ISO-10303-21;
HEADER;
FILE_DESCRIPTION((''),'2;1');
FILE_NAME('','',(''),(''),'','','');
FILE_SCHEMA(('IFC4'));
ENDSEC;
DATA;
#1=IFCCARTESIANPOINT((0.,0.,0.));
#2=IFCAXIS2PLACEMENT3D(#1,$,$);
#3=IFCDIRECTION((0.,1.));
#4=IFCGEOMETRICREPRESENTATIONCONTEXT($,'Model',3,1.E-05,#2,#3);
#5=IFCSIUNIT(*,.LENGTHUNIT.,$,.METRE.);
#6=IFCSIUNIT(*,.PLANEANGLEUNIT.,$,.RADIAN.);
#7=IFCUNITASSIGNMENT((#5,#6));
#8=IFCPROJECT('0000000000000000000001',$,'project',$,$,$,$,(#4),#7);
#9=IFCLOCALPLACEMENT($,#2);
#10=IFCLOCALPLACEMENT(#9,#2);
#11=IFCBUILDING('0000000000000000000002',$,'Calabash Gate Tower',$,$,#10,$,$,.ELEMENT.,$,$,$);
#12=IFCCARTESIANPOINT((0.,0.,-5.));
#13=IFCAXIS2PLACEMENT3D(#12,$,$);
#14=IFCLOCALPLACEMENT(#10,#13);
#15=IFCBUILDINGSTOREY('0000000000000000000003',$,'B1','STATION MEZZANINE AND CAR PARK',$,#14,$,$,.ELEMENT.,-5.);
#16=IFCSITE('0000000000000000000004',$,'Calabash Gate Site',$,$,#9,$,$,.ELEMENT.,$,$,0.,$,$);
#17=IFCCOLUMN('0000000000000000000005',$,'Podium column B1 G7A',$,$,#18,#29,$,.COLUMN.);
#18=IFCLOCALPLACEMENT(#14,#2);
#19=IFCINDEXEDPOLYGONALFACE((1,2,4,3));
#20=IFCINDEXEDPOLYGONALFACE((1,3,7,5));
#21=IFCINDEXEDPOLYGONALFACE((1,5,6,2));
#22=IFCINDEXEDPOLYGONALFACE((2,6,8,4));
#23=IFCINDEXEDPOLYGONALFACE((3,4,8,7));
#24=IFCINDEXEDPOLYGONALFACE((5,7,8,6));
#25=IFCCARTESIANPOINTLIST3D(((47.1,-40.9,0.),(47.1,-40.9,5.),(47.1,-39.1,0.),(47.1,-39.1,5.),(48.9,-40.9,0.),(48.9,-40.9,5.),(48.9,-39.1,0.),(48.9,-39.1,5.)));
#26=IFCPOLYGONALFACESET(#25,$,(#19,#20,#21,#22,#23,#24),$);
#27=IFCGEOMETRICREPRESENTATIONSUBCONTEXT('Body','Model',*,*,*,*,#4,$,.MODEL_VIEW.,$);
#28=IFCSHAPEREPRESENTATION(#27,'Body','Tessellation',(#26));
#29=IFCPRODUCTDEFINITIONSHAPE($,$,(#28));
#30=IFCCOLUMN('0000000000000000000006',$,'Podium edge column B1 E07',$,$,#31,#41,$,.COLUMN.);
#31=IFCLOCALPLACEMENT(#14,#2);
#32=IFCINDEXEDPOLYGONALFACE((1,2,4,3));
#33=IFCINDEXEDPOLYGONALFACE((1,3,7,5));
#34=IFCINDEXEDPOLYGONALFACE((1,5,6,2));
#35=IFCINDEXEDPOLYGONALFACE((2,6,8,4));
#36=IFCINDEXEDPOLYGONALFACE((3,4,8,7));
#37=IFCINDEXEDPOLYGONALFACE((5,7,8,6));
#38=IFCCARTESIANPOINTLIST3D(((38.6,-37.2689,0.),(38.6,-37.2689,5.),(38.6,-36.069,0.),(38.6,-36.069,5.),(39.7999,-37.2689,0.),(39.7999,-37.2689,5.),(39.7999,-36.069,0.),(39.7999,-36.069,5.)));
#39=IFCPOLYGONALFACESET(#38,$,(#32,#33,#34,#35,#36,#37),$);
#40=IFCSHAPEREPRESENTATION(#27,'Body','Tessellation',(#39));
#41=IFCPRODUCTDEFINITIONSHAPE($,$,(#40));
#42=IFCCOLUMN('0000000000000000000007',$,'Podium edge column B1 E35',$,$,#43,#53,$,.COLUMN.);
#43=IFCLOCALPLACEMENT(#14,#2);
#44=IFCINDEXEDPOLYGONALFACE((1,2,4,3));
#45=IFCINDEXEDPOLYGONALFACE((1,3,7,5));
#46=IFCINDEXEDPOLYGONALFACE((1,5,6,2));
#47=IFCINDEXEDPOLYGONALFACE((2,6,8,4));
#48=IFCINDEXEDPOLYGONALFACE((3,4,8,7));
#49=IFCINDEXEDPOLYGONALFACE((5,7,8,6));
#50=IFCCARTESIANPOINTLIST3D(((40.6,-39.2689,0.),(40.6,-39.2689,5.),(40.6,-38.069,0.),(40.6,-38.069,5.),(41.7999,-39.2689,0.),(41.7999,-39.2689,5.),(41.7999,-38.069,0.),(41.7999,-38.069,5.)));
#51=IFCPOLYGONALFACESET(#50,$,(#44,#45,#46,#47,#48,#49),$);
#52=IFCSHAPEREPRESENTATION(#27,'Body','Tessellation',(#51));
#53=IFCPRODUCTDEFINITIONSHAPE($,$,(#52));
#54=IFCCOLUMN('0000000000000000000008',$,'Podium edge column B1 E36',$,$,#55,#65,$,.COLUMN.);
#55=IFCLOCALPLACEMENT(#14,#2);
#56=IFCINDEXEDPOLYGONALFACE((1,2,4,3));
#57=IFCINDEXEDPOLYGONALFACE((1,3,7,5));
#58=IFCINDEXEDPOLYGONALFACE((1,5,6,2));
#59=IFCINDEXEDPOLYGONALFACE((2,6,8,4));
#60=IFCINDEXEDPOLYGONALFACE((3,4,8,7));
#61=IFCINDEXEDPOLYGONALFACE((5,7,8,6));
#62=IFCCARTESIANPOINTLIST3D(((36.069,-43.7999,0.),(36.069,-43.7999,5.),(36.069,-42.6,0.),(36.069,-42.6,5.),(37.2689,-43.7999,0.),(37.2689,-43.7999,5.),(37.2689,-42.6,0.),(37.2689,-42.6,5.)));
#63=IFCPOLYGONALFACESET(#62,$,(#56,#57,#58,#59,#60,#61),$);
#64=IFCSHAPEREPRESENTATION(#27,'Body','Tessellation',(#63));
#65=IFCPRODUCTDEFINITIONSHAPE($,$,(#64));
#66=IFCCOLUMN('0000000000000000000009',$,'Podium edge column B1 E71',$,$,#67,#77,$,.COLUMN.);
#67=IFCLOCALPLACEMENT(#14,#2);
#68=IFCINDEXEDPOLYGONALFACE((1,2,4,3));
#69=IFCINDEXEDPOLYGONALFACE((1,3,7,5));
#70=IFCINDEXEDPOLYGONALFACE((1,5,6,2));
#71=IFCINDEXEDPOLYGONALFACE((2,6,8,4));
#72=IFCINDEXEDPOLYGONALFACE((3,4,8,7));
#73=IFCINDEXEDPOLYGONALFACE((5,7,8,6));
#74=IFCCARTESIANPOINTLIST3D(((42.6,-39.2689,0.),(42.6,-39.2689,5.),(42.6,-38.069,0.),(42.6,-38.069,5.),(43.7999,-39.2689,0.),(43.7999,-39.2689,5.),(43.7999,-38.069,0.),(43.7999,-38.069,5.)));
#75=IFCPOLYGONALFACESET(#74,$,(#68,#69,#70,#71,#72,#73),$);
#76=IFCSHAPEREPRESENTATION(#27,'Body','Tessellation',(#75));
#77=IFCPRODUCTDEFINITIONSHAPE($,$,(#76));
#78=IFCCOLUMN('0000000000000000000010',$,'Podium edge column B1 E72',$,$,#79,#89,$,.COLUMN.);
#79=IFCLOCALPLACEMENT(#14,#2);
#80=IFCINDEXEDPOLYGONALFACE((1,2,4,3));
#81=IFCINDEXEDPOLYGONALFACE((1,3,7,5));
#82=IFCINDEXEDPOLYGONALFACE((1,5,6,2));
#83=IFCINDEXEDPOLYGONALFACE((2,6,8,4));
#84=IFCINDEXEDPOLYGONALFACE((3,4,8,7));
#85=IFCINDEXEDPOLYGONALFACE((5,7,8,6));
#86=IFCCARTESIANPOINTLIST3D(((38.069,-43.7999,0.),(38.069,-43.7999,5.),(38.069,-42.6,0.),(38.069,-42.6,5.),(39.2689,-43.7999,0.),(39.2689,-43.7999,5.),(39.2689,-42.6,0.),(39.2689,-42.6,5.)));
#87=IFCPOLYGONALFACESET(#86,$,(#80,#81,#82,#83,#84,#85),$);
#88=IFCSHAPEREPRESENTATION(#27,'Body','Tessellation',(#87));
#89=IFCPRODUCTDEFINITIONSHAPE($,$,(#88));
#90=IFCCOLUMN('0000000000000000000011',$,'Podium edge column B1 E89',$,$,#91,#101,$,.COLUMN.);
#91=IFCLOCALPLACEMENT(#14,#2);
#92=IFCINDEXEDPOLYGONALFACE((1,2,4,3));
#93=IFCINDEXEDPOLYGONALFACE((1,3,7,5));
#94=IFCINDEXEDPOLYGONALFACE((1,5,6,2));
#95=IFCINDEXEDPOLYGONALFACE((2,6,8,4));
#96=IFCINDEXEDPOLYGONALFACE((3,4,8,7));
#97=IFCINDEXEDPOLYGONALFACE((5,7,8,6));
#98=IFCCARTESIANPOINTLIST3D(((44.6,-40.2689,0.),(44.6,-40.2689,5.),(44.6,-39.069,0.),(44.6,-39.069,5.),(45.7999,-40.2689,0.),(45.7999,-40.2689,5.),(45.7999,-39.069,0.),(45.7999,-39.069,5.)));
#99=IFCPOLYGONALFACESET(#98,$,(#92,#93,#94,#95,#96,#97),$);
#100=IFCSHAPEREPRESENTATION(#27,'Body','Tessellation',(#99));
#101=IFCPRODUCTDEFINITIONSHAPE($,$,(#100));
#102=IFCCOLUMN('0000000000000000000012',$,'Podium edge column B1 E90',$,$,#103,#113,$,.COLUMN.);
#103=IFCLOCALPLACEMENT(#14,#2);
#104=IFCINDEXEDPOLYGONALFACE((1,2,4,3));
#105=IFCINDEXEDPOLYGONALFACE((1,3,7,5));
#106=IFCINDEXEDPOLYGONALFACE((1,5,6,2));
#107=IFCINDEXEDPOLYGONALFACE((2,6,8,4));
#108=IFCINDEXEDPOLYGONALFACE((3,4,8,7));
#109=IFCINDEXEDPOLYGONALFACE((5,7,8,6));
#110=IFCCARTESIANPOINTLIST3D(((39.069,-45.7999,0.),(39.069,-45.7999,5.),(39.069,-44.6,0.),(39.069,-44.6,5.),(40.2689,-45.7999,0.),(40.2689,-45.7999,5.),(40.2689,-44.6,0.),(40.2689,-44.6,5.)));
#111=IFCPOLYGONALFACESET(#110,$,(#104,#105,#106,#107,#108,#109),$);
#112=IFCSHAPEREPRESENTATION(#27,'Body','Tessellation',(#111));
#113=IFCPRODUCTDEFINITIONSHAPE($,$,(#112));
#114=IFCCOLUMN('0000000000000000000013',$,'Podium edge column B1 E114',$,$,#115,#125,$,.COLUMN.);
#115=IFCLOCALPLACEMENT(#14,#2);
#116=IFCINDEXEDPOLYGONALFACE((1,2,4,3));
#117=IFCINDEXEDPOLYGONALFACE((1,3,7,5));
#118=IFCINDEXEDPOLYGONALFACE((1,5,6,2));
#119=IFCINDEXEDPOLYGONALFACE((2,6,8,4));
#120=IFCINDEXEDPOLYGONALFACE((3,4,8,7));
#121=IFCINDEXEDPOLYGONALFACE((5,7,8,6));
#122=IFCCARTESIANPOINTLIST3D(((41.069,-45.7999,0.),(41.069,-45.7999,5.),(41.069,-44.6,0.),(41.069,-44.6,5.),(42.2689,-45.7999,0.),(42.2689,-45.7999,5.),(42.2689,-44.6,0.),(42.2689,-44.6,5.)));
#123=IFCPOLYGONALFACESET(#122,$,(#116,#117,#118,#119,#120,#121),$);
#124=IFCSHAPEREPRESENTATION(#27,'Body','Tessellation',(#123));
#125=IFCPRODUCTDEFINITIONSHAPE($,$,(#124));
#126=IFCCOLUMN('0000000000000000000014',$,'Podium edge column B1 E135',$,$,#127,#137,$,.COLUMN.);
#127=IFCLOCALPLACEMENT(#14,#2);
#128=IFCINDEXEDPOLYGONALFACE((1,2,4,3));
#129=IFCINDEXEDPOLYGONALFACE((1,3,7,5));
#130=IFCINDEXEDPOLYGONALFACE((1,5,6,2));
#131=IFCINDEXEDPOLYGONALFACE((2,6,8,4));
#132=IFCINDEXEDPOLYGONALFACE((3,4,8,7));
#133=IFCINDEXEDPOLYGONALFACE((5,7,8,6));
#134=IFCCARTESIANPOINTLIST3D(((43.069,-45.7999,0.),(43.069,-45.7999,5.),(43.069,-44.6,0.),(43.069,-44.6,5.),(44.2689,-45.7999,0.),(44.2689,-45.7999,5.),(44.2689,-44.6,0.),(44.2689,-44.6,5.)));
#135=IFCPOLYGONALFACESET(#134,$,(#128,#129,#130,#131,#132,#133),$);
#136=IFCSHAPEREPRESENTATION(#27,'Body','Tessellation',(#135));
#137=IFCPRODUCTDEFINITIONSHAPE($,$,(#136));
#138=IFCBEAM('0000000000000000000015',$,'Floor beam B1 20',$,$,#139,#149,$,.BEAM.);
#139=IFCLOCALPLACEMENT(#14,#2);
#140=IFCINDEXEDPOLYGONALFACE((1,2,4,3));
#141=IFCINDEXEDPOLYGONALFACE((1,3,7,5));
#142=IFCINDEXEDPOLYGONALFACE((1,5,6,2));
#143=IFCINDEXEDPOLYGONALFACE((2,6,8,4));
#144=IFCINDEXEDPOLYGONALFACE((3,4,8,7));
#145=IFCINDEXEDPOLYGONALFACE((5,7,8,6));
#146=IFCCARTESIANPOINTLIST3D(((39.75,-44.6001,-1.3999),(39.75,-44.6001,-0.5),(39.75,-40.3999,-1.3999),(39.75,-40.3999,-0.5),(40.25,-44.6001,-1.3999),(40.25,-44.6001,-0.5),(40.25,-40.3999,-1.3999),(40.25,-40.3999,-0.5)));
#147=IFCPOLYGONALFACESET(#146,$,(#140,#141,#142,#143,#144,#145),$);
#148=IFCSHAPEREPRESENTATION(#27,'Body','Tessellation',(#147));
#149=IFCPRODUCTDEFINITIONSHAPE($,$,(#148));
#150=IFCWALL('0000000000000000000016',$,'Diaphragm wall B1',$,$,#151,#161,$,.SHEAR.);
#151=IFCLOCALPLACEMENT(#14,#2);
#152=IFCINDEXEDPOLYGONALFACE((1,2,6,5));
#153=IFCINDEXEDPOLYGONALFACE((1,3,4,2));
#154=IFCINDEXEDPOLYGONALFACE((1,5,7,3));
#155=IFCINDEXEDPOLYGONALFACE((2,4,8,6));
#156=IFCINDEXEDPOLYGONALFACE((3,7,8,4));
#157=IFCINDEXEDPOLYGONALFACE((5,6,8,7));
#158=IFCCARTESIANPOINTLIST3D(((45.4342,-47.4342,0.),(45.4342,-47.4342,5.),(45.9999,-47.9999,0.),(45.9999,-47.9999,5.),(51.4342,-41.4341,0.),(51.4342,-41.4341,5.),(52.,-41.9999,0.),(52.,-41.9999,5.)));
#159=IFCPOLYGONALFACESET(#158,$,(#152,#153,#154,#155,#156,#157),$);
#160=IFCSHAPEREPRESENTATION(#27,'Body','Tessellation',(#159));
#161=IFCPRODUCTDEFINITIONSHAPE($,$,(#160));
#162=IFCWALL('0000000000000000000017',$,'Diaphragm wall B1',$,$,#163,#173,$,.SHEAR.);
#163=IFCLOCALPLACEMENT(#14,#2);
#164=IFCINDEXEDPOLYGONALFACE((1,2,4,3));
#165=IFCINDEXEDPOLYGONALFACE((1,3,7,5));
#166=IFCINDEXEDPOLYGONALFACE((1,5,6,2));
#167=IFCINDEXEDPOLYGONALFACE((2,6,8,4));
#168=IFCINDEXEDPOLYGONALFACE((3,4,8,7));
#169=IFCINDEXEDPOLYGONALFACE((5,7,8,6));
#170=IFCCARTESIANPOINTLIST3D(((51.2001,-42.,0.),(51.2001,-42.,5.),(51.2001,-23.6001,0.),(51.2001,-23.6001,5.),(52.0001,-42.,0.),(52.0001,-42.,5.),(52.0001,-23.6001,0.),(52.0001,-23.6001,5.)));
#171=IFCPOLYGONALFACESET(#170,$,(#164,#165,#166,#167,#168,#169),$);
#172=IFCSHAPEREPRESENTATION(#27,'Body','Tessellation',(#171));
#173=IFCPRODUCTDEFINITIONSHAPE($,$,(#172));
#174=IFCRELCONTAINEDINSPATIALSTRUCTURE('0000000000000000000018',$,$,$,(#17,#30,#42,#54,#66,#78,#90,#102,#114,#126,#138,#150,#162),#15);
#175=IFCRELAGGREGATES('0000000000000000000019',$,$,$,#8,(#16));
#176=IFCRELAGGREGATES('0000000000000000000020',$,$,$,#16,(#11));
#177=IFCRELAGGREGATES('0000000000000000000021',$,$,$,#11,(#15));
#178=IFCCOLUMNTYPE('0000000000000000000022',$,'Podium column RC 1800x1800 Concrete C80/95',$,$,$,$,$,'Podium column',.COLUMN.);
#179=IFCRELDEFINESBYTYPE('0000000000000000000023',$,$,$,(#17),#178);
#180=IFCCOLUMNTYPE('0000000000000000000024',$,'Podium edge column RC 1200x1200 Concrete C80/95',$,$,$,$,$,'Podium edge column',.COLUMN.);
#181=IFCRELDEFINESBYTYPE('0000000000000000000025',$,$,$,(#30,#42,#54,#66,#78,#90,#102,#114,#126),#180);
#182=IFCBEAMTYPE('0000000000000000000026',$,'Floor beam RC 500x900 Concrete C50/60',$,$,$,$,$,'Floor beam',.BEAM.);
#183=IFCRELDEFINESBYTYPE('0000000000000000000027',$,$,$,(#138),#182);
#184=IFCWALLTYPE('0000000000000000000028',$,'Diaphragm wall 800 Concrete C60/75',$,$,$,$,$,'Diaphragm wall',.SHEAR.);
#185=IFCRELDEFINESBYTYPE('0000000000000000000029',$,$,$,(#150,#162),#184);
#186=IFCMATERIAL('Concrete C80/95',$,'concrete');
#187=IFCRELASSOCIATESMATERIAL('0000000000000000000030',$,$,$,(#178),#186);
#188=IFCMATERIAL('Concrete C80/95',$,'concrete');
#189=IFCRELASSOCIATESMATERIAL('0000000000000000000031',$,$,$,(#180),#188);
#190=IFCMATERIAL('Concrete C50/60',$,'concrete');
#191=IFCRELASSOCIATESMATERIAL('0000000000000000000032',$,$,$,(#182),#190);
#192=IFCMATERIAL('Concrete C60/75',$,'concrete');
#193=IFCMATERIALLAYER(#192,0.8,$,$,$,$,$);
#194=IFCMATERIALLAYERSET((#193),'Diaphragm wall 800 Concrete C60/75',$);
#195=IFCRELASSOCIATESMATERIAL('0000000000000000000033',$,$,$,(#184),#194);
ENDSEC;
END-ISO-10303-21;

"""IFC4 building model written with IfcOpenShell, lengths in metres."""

from ifc_helpers import new_model, si_unit, direction, frame, frame_2d, origin, origin_2d, place, context, subcontext, project, spatial, rectangle, extrude, material, layer, layer_set, material_profile, profile_set, type_object, element, save


model = new_model("IFC4")

# Units and contexts
model_context = context("Model", 3, precision=1e-05, world=origin(), true_north=direction((0.0, 1.0)))
body_context = subcontext(model_context, "Body", "Model", "MODEL_VIEW")
ifc_project = project(units=[si_unit("LENGTHUNIT", "METRE"), si_unit("PLANEANGLEUNIT", "RADIAN")], contexts=[model_context])

# Site, building, storey
site_placement = place(None, origin())
site = spatial("IfcSite", under=ifc_project, at=site_placement, Name="Calabash Gate Site", CompositionType="ELEMENT", RefElevation=0.0)
building_placement = place(site_placement, origin())
building = spatial("IfcBuilding", under=site, at=building_placement, Name="Calabash Gate Tower", CompositionType="ELEMENT")
storey_placement = place(building_placement, frame((0.0, 0.0, -5.0)))
storey = spatial("IfcBuildingStorey", under=building, at=storey_placement, Name="B1", Description="STATION MEZZANINE AND CAR PARK", CompositionType="ELEMENT", Elevation=-5.0)

# Columns
ifc_material_1 = material(Name="Concrete C80/95", Category="concrete")
ifc_material_profile_1 = material_profile(ifc_material_1, rectangle(XDim=1.8, YDim=1.8, at=origin_2d()))
ifc_profile_set_1 = profile_set([ifc_material_profile_1], Name="Concrete C80/95")
column_type_1 = type_object("IfcColumnType", Name="Podium column RC 1800x1800 Concrete C80/95", ElementType="Podium column", PredefinedType="COLUMN", material=ifc_profile_set_1)
column_placement = place(storey_placement, frame((48.0, -40.0, 0.0), z_axis=(0.0, 0.0, 1.0), x_axis=(1.0, 0.0, 0.0)))
element("IfcColumn", 1, at=column_placement, inside=storey, type_object=column_type_1, Name="Podium column B1 G7A", PredefinedType="COLUMN", context=body_context, shape_type="SweptSolid", body=[
    extrude(rectangle(XDim=1.8, YDim=1.8, at=origin_2d()), origin(), (0.0, 0.0, 1.0), 5.0),
])
ifc_material_2 = material(Name="Concrete C80/95", Category="concrete")
ifc_material_profile_2 = material_profile(ifc_material_2, rectangle(XDim=1.2, YDim=1.2, at=origin_2d()))
ifc_profile_set_2 = profile_set([ifc_material_profile_2], Name="Concrete C80/95")
column_type_2 = type_object("IfcColumnType", Name="Podium edge column RC 1200x1200 Concrete C80/95", ElementType="Podium edge column", PredefinedType="COLUMN", material=ifc_profile_set_2)
for number, where, z_axis, x_axis, name in (
    (2, (39.2, -36.6689, 0.0), (0.0, 0.0, 1.0), (1.0, 0.0, 0.0), "Podium edge column B1 E07"),
    (3, (41.2, -38.6689, 0.0), (0.0, 0.0, 1.0), (1.0, 0.0, 0.0), "Podium edge column B1 E35"),
    (4, (36.6689, -43.2, 0.0), (0.0, 0.0, 1.0), (1.0, 0.0, 0.0), "Podium edge column B1 E36"),
    (5, (43.2, -38.6689, 0.0), (0.0, 0.0, 1.0), (1.0, 0.0, 0.0), "Podium edge column B1 E71"),
    (6, (38.6689, -43.2, 0.0), (0.0, 0.0, 1.0), (1.0, 0.0, 0.0), "Podium edge column B1 E72"),
    (7, (45.2, -39.6689, 0.0), (0.0, 0.0, 1.0), (1.0, 0.0, 0.0), "Podium edge column B1 E89"),
    (8, (39.6689, -45.2, 0.0), (0.0, 0.0, 1.0), (1.0, 0.0, 0.0), "Podium edge column B1 E90"),
    (9, (41.6689, -45.2, 0.0), (0.0, 0.0, 1.0), (1.0, 0.0, 0.0), "Podium edge column B1 E114"),
    (10, (43.6689, -45.2, 0.0), (0.0, 0.0, 1.0), (1.0, 0.0, 0.0), "Podium edge column B1 E135"),
):
    element("IfcColumn", number, at=place(storey_placement, frame(where, z_axis=z_axis, x_axis=x_axis)), inside=storey, type_object=column_type_2, Name=name, PredefinedType="COLUMN", context=body_context, shape_type="SweptSolid", body=[
        extrude(rectangle(XDim=1.2, YDim=1.2, at=origin_2d()), origin(), (0.0, 0.0, 1.0), 5.0),
    ])

# Beam
ifc_material_3 = material(Name="Concrete C50/60", Category="concrete")
ifc_material_profile_3 = material_profile(ifc_material_3, rectangle(XDim=0.5, YDim=0.8999, at=origin_2d()))
ifc_profile_set_3 = profile_set([ifc_material_profile_3], Name="Concrete C50/60")
beam_type = type_object("IfcBeamType", Name="Floor beam RC 500x900 Concrete C50/60", ElementType="Floor beam", PredefinedType="BEAM", material=ifc_profile_set_3)
beam_placement = place(storey_placement, frame((40.0, -44.6001, -0.95), z_axis=(0.0, 1.0, 0.0), x_axis=(-1.0, 0.0, 0.0)))
element("IfcBeam", 11, at=beam_placement, inside=storey, type_object=beam_type, Name="Floor beam B1 20", PredefinedType="BEAM", context=body_context, shape_type="SweptSolid", body=[
    extrude(rectangle(XDim=0.5, YDim=0.8999, at=origin_2d()), origin(), (0.0, 0.0, 1.0), 4.2002),
])

# Walls
ifc_material_4 = material(Name="Concrete C60/75", Category="concrete")
ifc_layer_1 = layer(ifc_material_4, 0.8)
ifc_layer_set_1 = layer_set([ifc_layer_1], Name="Diaphragm wall 800 Concrete C60/75")
wall_type_1 = type_object("IfcWallType", Name="Diaphragm wall 800 Concrete C60/75", ElementType="Diaphragm wall", PredefinedType="SHEAR", material=ifc_layer_set_1)
wall_1_placement = place(storey_placement, frame((45.717, -47.717, 0.0), z_axis=(0.0, 0.0, 1.0), x_axis=(0.707107, 0.707107, 0.0)))
element("IfcWall", 12, at=wall_1_placement, inside=storey, type_object=wall_type_1, Name="Diaphragm wall B1", PredefinedType="SHEAR", context=body_context, shape_type="SweptSolid", body=[
    extrude(rectangle(XDim=8.4854, YDim=0.8, at=frame_2d((4.2427, 0.0))), origin(), (0.0, 0.0, 1.0), 5.0),
])
wall_2_placement = place(storey_placement, frame((51.6001, -42.0, 0.0), z_axis=(0.0, 0.0, 1.0), x_axis=(0.0, 1.0, 0.0)))
element("IfcWall", 13, at=wall_2_placement, inside=storey, type_object=wall_type_1, Name="Diaphragm wall B1", PredefinedType="SHEAR", context=body_context, shape_type="SweptSolid", body=[
    extrude(rectangle(XDim=18.3999, YDim=0.8, at=frame_2d((9.2, 0.0))), origin(), (0.0, 0.0, 1.0), 5.0),
])

save(model, "model.ifc")
